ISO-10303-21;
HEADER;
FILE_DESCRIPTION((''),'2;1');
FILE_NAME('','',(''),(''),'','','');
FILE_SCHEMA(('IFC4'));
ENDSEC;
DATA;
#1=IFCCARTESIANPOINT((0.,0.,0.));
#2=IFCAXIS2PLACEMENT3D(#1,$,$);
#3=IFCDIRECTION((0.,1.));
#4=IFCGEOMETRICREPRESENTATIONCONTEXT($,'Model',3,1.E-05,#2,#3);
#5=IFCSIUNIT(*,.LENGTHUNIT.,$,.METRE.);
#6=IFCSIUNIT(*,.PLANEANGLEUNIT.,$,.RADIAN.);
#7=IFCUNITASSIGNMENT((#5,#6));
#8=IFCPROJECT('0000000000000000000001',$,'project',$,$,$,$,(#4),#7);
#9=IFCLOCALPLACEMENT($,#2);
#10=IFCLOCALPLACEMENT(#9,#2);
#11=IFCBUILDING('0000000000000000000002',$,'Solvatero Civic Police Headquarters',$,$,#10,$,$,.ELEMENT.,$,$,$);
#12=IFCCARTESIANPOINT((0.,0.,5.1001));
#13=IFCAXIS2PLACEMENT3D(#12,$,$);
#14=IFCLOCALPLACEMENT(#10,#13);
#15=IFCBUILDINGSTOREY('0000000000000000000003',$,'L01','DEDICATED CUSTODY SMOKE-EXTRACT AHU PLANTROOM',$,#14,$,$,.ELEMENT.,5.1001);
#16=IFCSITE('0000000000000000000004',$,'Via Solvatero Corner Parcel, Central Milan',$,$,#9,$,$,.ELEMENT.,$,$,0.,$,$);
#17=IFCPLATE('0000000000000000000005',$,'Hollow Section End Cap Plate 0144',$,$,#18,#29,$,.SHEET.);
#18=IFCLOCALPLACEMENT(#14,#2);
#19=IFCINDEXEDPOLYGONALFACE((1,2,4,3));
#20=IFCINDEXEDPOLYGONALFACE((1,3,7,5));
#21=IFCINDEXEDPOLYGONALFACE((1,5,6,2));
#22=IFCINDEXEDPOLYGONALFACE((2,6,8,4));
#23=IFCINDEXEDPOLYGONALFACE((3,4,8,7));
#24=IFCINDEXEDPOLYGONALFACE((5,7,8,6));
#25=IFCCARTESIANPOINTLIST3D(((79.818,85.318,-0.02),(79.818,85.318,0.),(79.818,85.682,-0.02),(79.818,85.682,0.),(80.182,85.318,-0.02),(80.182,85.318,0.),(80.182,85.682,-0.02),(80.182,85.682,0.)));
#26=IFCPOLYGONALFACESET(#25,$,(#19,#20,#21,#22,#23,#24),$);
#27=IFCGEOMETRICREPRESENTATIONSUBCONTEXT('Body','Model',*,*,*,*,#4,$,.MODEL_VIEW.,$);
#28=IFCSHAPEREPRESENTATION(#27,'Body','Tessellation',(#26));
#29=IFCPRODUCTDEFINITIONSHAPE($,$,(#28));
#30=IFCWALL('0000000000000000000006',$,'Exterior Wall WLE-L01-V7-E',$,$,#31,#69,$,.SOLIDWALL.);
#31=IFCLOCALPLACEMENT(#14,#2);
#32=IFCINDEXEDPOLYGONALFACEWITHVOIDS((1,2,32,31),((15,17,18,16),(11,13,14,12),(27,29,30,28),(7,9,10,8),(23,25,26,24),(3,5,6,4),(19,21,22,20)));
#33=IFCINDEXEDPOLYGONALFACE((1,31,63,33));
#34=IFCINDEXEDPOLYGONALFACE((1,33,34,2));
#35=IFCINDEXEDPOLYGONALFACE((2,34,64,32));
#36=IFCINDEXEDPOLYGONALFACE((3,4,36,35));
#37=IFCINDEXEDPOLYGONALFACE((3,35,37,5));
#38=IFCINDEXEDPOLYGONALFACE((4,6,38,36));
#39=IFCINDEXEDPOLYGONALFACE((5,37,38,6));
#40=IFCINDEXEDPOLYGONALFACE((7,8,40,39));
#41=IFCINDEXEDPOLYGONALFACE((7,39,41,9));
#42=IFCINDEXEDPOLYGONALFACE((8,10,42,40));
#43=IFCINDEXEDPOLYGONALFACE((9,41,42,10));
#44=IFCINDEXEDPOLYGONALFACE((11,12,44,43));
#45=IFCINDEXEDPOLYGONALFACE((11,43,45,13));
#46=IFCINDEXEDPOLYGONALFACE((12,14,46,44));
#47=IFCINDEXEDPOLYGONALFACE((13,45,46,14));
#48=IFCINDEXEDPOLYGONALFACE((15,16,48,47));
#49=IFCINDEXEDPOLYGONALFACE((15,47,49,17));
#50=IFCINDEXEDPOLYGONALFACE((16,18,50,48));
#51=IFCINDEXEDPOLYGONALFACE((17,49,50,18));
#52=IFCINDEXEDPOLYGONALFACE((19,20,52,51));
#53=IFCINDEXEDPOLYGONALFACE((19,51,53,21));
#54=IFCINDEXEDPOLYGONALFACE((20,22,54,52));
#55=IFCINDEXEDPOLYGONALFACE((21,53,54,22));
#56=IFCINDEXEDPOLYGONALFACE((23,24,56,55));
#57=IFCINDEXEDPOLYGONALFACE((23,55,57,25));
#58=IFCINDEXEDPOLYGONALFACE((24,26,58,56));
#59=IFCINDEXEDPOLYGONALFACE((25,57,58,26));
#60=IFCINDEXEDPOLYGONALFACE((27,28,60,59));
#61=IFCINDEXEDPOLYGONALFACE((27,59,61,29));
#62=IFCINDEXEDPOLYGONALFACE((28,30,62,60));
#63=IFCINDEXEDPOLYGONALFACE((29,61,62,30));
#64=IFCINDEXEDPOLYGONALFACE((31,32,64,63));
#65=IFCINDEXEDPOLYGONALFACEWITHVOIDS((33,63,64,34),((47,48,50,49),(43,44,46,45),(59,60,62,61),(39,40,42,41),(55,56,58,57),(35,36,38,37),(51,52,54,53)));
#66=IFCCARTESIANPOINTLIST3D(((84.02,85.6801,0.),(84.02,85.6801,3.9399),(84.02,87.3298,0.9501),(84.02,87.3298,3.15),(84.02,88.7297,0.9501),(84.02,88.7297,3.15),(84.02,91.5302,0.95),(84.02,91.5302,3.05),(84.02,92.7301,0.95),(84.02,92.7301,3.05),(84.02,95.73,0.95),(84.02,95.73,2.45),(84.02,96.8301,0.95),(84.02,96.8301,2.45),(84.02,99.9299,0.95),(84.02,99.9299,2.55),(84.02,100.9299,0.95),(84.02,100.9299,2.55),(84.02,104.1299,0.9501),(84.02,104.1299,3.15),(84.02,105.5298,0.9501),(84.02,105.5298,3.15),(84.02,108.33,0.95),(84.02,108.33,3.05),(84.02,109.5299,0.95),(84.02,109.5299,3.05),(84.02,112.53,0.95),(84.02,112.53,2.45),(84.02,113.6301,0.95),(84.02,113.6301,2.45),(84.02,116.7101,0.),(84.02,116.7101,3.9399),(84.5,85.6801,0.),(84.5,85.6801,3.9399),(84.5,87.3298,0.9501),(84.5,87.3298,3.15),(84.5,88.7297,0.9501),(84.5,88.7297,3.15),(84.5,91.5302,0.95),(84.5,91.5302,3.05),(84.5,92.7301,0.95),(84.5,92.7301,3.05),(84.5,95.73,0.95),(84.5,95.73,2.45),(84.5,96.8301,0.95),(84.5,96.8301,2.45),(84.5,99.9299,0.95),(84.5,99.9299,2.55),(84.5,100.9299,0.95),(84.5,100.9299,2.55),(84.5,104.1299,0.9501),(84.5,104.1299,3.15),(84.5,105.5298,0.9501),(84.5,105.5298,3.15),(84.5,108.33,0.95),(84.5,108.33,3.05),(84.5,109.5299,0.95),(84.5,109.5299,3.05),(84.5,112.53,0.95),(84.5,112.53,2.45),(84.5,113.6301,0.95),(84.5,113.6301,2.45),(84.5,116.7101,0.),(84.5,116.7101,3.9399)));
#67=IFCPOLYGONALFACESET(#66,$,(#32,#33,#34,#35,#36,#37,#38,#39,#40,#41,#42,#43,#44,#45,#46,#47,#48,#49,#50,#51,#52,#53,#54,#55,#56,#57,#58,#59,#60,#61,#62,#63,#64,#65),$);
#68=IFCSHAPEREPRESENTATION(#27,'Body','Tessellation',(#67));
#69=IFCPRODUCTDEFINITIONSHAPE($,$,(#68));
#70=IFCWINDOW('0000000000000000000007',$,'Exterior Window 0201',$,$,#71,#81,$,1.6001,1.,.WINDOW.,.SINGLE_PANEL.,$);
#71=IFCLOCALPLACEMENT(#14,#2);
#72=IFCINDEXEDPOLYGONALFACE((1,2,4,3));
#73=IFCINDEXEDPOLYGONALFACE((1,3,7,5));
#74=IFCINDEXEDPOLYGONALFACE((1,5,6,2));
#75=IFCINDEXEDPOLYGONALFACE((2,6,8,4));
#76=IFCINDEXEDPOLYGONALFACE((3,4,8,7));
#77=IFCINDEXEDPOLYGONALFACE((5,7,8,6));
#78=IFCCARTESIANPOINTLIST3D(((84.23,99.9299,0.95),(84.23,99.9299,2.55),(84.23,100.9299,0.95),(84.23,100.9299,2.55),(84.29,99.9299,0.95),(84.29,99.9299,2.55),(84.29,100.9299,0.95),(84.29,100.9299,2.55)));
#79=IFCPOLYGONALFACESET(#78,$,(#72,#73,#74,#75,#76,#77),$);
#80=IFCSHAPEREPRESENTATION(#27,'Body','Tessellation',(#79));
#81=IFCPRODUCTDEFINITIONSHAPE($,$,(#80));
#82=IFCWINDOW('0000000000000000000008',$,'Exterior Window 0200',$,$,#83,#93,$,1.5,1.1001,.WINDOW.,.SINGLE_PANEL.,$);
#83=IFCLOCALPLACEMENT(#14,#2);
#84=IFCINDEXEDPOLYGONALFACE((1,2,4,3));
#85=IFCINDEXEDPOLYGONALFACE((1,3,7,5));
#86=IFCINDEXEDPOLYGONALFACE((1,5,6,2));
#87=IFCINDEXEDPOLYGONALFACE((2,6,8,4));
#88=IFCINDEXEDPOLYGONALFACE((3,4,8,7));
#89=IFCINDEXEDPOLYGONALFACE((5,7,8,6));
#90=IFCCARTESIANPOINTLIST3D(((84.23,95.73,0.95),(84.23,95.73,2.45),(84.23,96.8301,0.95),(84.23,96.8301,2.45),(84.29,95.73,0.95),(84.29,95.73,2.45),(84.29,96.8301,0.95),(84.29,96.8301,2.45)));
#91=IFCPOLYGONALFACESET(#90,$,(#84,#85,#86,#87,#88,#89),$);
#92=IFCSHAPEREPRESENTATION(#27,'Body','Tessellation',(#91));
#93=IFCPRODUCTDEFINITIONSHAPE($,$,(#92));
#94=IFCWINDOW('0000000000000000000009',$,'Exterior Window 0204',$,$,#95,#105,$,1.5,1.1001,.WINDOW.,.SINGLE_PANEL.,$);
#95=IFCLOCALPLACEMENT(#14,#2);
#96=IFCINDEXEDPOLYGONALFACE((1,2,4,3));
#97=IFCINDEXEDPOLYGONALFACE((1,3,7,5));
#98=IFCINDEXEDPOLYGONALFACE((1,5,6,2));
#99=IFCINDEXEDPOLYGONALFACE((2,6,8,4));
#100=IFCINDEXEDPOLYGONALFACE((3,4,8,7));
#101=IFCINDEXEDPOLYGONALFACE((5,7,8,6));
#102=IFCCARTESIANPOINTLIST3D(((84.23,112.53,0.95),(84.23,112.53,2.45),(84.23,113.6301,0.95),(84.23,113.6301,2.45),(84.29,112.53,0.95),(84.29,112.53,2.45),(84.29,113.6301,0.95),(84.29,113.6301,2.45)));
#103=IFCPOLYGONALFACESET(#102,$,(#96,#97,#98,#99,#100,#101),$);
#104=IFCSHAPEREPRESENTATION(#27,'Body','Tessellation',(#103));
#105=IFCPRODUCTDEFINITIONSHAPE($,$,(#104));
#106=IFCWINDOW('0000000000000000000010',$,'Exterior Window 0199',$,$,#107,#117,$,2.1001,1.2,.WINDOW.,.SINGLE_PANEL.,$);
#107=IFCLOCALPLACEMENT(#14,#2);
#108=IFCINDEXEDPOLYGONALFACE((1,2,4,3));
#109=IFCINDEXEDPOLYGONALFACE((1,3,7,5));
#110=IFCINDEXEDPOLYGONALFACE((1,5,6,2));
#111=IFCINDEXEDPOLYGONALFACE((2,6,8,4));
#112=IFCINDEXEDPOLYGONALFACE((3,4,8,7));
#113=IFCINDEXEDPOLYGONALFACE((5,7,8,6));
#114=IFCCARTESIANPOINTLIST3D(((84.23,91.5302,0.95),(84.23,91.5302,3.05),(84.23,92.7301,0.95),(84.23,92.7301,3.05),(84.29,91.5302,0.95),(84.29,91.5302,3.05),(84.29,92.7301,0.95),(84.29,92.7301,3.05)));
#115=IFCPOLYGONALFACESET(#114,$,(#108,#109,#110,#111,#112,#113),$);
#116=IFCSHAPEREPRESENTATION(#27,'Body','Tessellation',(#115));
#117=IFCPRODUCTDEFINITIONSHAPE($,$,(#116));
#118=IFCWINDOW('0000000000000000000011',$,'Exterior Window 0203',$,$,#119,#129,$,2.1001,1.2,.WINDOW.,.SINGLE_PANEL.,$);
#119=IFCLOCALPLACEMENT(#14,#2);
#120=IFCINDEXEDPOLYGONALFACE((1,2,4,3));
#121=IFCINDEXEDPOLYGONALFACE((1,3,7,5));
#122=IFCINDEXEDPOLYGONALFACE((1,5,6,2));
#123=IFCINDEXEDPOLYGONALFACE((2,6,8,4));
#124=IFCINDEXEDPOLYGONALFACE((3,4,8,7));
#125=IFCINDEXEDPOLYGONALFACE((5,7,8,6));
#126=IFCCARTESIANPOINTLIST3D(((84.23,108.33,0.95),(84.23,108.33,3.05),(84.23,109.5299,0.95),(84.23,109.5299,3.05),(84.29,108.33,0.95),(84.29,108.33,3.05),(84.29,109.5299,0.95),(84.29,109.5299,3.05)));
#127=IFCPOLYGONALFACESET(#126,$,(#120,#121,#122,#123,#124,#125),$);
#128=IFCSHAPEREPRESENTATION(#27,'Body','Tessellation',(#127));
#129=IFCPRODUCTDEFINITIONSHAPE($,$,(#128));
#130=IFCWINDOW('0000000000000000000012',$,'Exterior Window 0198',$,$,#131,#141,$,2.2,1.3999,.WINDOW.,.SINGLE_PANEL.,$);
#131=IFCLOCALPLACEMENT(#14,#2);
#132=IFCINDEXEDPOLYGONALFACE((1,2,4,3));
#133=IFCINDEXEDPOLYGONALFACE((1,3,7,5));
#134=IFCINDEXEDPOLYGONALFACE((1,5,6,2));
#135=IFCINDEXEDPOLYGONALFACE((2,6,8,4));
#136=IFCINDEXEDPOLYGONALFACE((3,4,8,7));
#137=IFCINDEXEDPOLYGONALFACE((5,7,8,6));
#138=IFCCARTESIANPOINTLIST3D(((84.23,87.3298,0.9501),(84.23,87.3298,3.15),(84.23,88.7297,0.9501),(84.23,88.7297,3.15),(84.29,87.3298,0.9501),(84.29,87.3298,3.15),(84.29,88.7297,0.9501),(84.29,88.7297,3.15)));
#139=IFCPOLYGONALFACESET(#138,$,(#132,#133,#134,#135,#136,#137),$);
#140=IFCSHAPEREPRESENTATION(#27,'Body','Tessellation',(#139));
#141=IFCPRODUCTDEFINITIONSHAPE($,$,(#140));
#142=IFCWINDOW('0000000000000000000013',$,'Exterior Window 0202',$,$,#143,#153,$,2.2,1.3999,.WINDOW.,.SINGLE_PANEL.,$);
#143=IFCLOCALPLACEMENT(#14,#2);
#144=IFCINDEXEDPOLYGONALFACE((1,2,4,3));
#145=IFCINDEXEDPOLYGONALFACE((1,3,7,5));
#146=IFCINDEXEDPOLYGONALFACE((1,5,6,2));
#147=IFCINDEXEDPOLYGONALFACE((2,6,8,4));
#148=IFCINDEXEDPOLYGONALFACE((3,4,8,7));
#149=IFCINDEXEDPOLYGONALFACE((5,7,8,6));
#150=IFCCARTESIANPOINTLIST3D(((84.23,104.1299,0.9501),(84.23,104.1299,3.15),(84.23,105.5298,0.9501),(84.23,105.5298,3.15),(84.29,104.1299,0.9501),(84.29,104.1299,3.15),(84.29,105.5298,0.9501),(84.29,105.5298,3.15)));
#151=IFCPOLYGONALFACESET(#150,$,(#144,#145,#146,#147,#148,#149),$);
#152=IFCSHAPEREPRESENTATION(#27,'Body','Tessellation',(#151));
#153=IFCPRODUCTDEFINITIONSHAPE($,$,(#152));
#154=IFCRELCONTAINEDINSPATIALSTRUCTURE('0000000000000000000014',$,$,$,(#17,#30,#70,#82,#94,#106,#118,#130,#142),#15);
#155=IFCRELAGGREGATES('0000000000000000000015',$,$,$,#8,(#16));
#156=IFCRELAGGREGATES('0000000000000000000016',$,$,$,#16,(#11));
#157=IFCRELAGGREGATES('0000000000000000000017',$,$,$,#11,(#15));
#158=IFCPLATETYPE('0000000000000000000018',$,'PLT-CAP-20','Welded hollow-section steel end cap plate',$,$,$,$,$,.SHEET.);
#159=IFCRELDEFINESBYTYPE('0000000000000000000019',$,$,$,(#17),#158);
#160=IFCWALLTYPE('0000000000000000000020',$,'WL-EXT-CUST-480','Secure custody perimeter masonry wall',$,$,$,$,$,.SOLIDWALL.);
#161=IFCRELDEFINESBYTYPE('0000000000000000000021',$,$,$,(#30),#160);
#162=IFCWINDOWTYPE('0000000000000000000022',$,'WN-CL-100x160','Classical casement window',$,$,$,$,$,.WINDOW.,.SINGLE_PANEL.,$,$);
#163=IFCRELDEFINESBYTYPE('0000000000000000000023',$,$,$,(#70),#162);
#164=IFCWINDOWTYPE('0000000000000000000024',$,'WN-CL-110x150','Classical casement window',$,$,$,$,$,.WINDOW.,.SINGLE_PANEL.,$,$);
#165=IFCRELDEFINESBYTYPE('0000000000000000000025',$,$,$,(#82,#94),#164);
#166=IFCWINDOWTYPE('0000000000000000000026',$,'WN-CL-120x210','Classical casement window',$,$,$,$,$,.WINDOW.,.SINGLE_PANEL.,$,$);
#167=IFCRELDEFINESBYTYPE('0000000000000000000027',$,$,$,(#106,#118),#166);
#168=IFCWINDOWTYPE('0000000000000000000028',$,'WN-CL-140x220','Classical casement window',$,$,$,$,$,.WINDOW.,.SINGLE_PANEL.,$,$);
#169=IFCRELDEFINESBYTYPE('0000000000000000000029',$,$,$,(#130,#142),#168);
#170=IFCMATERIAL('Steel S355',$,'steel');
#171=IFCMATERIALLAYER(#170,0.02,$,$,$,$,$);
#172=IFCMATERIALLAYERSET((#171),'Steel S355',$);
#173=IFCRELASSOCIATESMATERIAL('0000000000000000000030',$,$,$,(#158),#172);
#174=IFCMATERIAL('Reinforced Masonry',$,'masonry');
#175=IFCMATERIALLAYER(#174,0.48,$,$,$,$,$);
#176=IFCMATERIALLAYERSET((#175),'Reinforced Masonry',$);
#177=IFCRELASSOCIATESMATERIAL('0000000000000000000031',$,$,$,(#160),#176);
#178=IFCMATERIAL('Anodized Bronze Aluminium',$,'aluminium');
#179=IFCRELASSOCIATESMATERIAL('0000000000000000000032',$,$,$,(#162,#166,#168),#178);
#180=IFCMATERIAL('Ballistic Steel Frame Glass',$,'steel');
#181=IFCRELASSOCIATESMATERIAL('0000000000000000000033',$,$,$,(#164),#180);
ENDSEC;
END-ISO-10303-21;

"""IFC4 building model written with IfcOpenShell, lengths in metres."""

from ifc_helpers import new_model, si_unit, direction, frame, frame_2d, origin, origin_2d, place, context, subcontext, project, spatial, rectangle, extrude, material, layer, layer_set, type_object, element, fill, save


model = new_model("IFC4")

# Units and contexts
model_context = context("Model", 3, precision=1e-05, world=origin(), true_north=direction((0.0, 1.0)))
body_context = subcontext(model_context, "Body", "Model", "MODEL_VIEW")
ifc_project = project(units=[si_unit("LENGTHUNIT", "METRE"), si_unit("PLANEANGLEUNIT", "RADIAN")], contexts=[model_context])

# Site, building, storey
site_placement = place(None, origin())
site = spatial("IfcSite", under=ifc_project, at=site_placement, Name="Via Solvatero Corner Parcel, Central Milan", CompositionType="ELEMENT", RefElevation=0.0)
building_placement = place(site_placement, origin())
building = spatial("IfcBuilding", under=site, at=building_placement, Name="Solvatero Civic Police Headquarters", CompositionType="ELEMENT")
storey_placement = place(building_placement, frame((0.0, 0.0, 5.1001)))
storey = spatial("IfcBuildingStorey", under=building, at=storey_placement, Name="L01", Description="DEDICATED CUSTODY SMOKE-EXTRACT AHU PLANTROOM", CompositionType="ELEMENT", Elevation=5.1001)

# Shared definitions
ifc_material_1 = material(Name="Steel S355", Category="steel")

# Shared definitions
ifc_material_2 = material(Name="Anodized Bronze Aluminium", Category="aluminium")

# Plate
ifc_layer_1 = layer(ifc_material_1, 0.02)
ifc_layer_set_1 = layer_set([ifc_layer_1], Name="Steel S355")
plate_type_1 = type_object("IfcPlateType", Name="PLT-CAP-20", Description="Welded hollow-section steel end cap plate", PredefinedType="SHEET", material=ifc_layer_set_1)
for number, where, z_axis, x_axis, name in (
    (1, (80.0, 85.5, -0.02), (0.0, 0.0, 1.0), (1.0, 0.0, 0.0), "Hollow Section End Cap Plate 0144"),
):
    element("IfcPlate", number, at=place(storey_placement, frame(where, z_axis=z_axis, x_axis=x_axis)), inside=storey, type_object=plate_type_1, Name=name, PredefinedType="SHEET", context=body_context, shape_type="SweptSolid", body=[
        extrude(rectangle(XDim=0.364, YDim=0.364, at=origin_2d()), origin(), (0.0, 0.0, 1.0), 0.02),
    ])

# Wall, openings, windows
ifc_material_3 = material(Name="Reinforced Masonry", Category="masonry")
ifc_layer_2 = layer(ifc_material_3, 0.48)
ifc_layer_set_2 = layer_set([ifc_layer_2], Name="Reinforced Masonry")
wall_type = type_object("IfcWallType", Name="WL-EXT-CUST-480", Description="Secure custody perimeter masonry wall", PredefinedType="SOLIDWALL", material=ifc_layer_set_2)
wall_placement = place(storey_placement, frame((84.26, 85.6799, 0.0), z_axis=(0.0, 0.0, 1.0), x_axis=(0.0, 1.0, 0.0)))
wall = element("IfcWall", 2, at=wall_placement, inside=storey, type_object=wall_type, Name="Exterior Wall WLE-L01-V7-E", PredefinedType="SOLIDWALL", context=body_context, shape_type="SweptSolid", body=[
    extrude(rectangle(XDim=31.03, YDim=0.48, at=frame_2d((15.5151, 0.0))), origin(), (0.0, 0.0, 1.0), 3.9399),
])
opening_1_placement = place(wall_placement, frame((1.6499, 0.0, 0.95)))
opening_1 = element("IfcOpeningElement", 3, at=opening_1_placement, cuts=wall, PredefinedType="OPENING", context=body_context, shape_type="SweptSolid", body=[
    extrude(rectangle(XDim=1.3999, YDim=2.2, at=frame_2d((0.7, 1.1001))), frame((0.0, 0.25, 0.0), z_axis=(0.0, -1.0, 0.0), x_axis=(1.0, 0.0, 0.0)), (0.0, 0.0, 1.0), 0.5),
])
opening_2_placement = place(wall_placement, frame((5.8501, 0.0, 0.95)))
opening_2 = element("IfcOpeningElement", 4, at=opening_2_placement, cuts=wall, PredefinedType="OPENING", context=body_context, shape_type="SweptSolid", body=[
    extrude(rectangle(XDim=1.2, YDim=2.1001, at=frame_2d((0.6001, 1.05))), frame((0.0, 0.25, 0.0), z_axis=(0.0, -1.0, 0.0), x_axis=(1.0, 0.0, 0.0)), (0.0, 0.0, 1.0), 0.5),
])
opening_3_placement = place(wall_placement, frame((10.05, 0.0, 0.95)))
opening_3 = element("IfcOpeningElement", 5, at=opening_3_placement, cuts=wall, PredefinedType="OPENING", context=body_context, shape_type="SweptSolid", body=[
    extrude(rectangle(XDim=1.1001, YDim=1.5, at=frame_2d((0.55, 0.75))), frame((0.0, 0.25, 0.0), z_axis=(0.0, -1.0, 0.0), x_axis=(1.0, 0.0, 0.0)), (0.0, 0.0, 1.0), 0.5),
])
opening_4_placement = place(wall_placement, frame((14.25, 0.0, 0.95)))
opening_4 = element("IfcOpeningElement", 6, at=opening_4_placement, cuts=wall, PredefinedType="OPENING", context=body_context, shape_type="SweptSolid", body=[
    extrude(rectangle(XDim=1.0, YDim=1.6001, at=frame_2d((0.5, 0.8))), frame((0.0, 0.25, 0.0), z_axis=(0.0, -1.0, 0.0), x_axis=(1.0, 0.0, 0.0)), (0.0, 0.0, 1.0), 0.5),
])
opening_5_placement = place(wall_placement, frame((18.45, 0.0, 0.95)))
opening_5 = element("IfcOpeningElement", 7, at=opening_5_placement, cuts=wall, PredefinedType="OPENING", context=body_context, shape_type="SweptSolid", body=[
    extrude(rectangle(XDim=1.3999, YDim=2.2, at=frame_2d((0.7, 1.1001))), frame((0.0, 0.25, 0.0), z_axis=(0.0, -1.0, 0.0), x_axis=(1.0, 0.0, 0.0)), (0.0, 0.0, 1.0), 0.5),
])
opening_6_placement = place(wall_placement, frame((22.6499, 0.0, 0.95)))
opening_6 = element("IfcOpeningElement", 8, at=opening_6_placement, cuts=wall, PredefinedType="OPENING", context=body_context, shape_type="SweptSolid", body=[
    extrude(rectangle(XDim=1.2, YDim=2.1001, at=frame_2d((0.6001, 1.05))), frame((0.0, 0.25, 0.0), z_axis=(0.0, -1.0, 0.0), x_axis=(1.0, 0.0, 0.0)), (0.0, 0.0, 1.0), 0.5),
])
opening_7_placement = place(wall_placement, frame((26.8501, 0.0, 0.95)))
opening_7 = element("IfcOpeningElement", 9, at=opening_7_placement, cuts=wall, PredefinedType="OPENING", context=body_context, shape_type="SweptSolid", body=[
    extrude(rectangle(XDim=1.1001, YDim=1.5, at=frame_2d((0.55, 0.75))), frame((0.0, 0.25, 0.0), z_axis=(0.0, -1.0, 0.0), x_axis=(1.0, 0.0, 0.0)), (0.0, 0.0, 1.0), 0.5),
])
window_type_1 = type_object("IfcWindowType", Name="WN-CL-100x160", Description="Classical casement window", PartitioningType="SINGLE_PANEL", PredefinedType="WINDOW", material=ifc_material_2)
window_1_placement = place(opening_4_placement, origin())
window_1 = element("IfcWindow", 10, at=window_1_placement, inside=storey, type_object=window_type_1, Name="Exterior Window 0201", OverallHeight=1.6001, OverallWidth=1.0, PartitioningType="SINGLE_PANEL", PredefinedType="WINDOW", context=body_context, shape_type="SweptSolid", body=[
    extrude(rectangle(XDim=1.0, YDim=1.6001, at=frame_2d((0.5, 0.8))), frame((0.0, 0.03, 0.0), z_axis=(0.0, -1.0, 0.0), x_axis=(1.0, 0.0, 0.0)), (0.0, 0.0, 1.0), 0.0601),
])
fill(opening_4, window_1)
ifc_material_4 = material(Name="Ballistic Steel Frame Glass", Category="steel")
window_type_2 = type_object("IfcWindowType", Name="WN-CL-110x150", Description="Classical casement window", PartitioningType="SINGLE_PANEL", PredefinedType="WINDOW", material=ifc_material_4)
window_2_placement = place(opening_3_placement, origin())
window_2 = element("IfcWindow", 11, at=window_2_placement, inside=storey, type_object=window_type_2, Name="Exterior Window 0200", OverallHeight=1.5, OverallWidth=1.1001, PartitioningType="SINGLE_PANEL", PredefinedType="WINDOW", context=body_context, shape_type="SweptSolid", body=[
    extrude(rectangle(XDim=1.1001, YDim=1.5, at=frame_2d((0.55, 0.75))), frame((0.0, 0.03, 0.0), z_axis=(0.0, -1.0, 0.0), x_axis=(1.0, 0.0, 0.0)), (0.0, 0.0, 1.0), 0.0601),
])
fill(opening_3, window_2)
window_3_placement = place(opening_7_placement, origin())
window_3 = element("IfcWindow", 12, at=window_3_placement, inside=storey, type_object=window_type_2, Name="Exterior Window 0204", OverallHeight=1.5, OverallWidth=1.1001, PartitioningType="SINGLE_PANEL", PredefinedType="WINDOW", context=body_context, shape_type="SweptSolid", body=[
    extrude(rectangle(XDim=1.1001, YDim=1.5, at=frame_2d((0.55, 0.75))), frame((0.0, 0.03, 0.0), z_axis=(0.0, -1.0, 0.0), x_axis=(1.0, 0.0, 0.0)), (0.0, 0.0, 1.0), 0.0601),
])
fill(opening_7, window_3)
window_type_3 = type_object("IfcWindowType", Name="WN-CL-120x210", Description="Classical casement window", PartitioningType="SINGLE_PANEL", PredefinedType="WINDOW", material=ifc_material_2)
window_4_placement = place(opening_2_placement, origin())
window_4 = element("IfcWindow", 13, at=window_4_placement, inside=storey, type_object=window_type_3, Name="Exterior Window 0199", OverallHeight=2.1001, OverallWidth=1.2, PartitioningType="SINGLE_PANEL", PredefinedType="WINDOW", context=body_context, shape_type="SweptSolid", body=[
    extrude(rectangle(XDim=1.2, YDim=2.1001, at=frame_2d((0.6001, 1.05))), frame((0.0, 0.03, 0.0), z_axis=(0.0, -1.0, 0.0), x_axis=(1.0, 0.0, 0.0)), (0.0, 0.0, 1.0), 0.0601),
])
fill(opening_2, window_4)
window_5_placement = place(opening_6_placement, origin())
window_5 = element("IfcWindow", 14, at=window_5_placement, inside=storey, type_object=window_type_3, Name="Exterior Window 0203", OverallHeight=2.1001, OverallWidth=1.2, PartitioningType="SINGLE_PANEL", PredefinedType="WINDOW", context=body_context, shape_type="SweptSolid", body=[
    extrude(rectangle(XDim=1.2, YDim=2.1001, at=frame_2d((0.6001, 1.05))), frame((0.0, 0.03, 0.0), z_axis=(0.0, -1.0, 0.0), x_axis=(1.0, 0.0, 0.0)), (0.0, 0.0, 1.0), 0.0601),
])
fill(opening_6, window_5)
window_type_4 = type_object("IfcWindowType", Name="WN-CL-140x220", Description="Classical casement window", PartitioningType="SINGLE_PANEL", PredefinedType="WINDOW", material=ifc_material_2)
window_6_placement = place(opening_1_placement, origin())
window_6 = element("IfcWindow", 15, at=window_6_placement, inside=storey, type_object=window_type_4, Name="Exterior Window 0198", OverallHeight=2.2, OverallWidth=1.3999, PartitioningType="SINGLE_PANEL", PredefinedType="WINDOW", context=body_context, shape_type="SweptSolid", body=[
    extrude(rectangle(XDim=1.3999, YDim=2.2, at=frame_2d((0.7, 1.1001))), frame((0.0, 0.03, 0.0), z_axis=(0.0, -1.0, 0.0), x_axis=(1.0, 0.0, 0.0)), (0.0, 0.0, 1.0), 0.0601),
])
fill(opening_1, window_6)
window_7_placement = place(opening_5_placement, origin())
window_7 = element("IfcWindow", 16, at=window_7_placement, inside=storey, type_object=window_type_4, Name="Exterior Window 0202", OverallHeight=2.2, OverallWidth=1.3999, PartitioningType="SINGLE_PANEL", PredefinedType="WINDOW", context=body_context, shape_type="SweptSolid", body=[
    extrude(rectangle(XDim=1.3999, YDim=2.2, at=frame_2d((0.7, 1.1001))), frame((0.0, 0.03, 0.0), z_axis=(0.0, -1.0, 0.0), x_axis=(1.0, 0.0, 0.0)), (0.0, 0.0, 1.0), 0.0601),
])
fill(opening_5, window_7)

save(model, "model.ifc")
